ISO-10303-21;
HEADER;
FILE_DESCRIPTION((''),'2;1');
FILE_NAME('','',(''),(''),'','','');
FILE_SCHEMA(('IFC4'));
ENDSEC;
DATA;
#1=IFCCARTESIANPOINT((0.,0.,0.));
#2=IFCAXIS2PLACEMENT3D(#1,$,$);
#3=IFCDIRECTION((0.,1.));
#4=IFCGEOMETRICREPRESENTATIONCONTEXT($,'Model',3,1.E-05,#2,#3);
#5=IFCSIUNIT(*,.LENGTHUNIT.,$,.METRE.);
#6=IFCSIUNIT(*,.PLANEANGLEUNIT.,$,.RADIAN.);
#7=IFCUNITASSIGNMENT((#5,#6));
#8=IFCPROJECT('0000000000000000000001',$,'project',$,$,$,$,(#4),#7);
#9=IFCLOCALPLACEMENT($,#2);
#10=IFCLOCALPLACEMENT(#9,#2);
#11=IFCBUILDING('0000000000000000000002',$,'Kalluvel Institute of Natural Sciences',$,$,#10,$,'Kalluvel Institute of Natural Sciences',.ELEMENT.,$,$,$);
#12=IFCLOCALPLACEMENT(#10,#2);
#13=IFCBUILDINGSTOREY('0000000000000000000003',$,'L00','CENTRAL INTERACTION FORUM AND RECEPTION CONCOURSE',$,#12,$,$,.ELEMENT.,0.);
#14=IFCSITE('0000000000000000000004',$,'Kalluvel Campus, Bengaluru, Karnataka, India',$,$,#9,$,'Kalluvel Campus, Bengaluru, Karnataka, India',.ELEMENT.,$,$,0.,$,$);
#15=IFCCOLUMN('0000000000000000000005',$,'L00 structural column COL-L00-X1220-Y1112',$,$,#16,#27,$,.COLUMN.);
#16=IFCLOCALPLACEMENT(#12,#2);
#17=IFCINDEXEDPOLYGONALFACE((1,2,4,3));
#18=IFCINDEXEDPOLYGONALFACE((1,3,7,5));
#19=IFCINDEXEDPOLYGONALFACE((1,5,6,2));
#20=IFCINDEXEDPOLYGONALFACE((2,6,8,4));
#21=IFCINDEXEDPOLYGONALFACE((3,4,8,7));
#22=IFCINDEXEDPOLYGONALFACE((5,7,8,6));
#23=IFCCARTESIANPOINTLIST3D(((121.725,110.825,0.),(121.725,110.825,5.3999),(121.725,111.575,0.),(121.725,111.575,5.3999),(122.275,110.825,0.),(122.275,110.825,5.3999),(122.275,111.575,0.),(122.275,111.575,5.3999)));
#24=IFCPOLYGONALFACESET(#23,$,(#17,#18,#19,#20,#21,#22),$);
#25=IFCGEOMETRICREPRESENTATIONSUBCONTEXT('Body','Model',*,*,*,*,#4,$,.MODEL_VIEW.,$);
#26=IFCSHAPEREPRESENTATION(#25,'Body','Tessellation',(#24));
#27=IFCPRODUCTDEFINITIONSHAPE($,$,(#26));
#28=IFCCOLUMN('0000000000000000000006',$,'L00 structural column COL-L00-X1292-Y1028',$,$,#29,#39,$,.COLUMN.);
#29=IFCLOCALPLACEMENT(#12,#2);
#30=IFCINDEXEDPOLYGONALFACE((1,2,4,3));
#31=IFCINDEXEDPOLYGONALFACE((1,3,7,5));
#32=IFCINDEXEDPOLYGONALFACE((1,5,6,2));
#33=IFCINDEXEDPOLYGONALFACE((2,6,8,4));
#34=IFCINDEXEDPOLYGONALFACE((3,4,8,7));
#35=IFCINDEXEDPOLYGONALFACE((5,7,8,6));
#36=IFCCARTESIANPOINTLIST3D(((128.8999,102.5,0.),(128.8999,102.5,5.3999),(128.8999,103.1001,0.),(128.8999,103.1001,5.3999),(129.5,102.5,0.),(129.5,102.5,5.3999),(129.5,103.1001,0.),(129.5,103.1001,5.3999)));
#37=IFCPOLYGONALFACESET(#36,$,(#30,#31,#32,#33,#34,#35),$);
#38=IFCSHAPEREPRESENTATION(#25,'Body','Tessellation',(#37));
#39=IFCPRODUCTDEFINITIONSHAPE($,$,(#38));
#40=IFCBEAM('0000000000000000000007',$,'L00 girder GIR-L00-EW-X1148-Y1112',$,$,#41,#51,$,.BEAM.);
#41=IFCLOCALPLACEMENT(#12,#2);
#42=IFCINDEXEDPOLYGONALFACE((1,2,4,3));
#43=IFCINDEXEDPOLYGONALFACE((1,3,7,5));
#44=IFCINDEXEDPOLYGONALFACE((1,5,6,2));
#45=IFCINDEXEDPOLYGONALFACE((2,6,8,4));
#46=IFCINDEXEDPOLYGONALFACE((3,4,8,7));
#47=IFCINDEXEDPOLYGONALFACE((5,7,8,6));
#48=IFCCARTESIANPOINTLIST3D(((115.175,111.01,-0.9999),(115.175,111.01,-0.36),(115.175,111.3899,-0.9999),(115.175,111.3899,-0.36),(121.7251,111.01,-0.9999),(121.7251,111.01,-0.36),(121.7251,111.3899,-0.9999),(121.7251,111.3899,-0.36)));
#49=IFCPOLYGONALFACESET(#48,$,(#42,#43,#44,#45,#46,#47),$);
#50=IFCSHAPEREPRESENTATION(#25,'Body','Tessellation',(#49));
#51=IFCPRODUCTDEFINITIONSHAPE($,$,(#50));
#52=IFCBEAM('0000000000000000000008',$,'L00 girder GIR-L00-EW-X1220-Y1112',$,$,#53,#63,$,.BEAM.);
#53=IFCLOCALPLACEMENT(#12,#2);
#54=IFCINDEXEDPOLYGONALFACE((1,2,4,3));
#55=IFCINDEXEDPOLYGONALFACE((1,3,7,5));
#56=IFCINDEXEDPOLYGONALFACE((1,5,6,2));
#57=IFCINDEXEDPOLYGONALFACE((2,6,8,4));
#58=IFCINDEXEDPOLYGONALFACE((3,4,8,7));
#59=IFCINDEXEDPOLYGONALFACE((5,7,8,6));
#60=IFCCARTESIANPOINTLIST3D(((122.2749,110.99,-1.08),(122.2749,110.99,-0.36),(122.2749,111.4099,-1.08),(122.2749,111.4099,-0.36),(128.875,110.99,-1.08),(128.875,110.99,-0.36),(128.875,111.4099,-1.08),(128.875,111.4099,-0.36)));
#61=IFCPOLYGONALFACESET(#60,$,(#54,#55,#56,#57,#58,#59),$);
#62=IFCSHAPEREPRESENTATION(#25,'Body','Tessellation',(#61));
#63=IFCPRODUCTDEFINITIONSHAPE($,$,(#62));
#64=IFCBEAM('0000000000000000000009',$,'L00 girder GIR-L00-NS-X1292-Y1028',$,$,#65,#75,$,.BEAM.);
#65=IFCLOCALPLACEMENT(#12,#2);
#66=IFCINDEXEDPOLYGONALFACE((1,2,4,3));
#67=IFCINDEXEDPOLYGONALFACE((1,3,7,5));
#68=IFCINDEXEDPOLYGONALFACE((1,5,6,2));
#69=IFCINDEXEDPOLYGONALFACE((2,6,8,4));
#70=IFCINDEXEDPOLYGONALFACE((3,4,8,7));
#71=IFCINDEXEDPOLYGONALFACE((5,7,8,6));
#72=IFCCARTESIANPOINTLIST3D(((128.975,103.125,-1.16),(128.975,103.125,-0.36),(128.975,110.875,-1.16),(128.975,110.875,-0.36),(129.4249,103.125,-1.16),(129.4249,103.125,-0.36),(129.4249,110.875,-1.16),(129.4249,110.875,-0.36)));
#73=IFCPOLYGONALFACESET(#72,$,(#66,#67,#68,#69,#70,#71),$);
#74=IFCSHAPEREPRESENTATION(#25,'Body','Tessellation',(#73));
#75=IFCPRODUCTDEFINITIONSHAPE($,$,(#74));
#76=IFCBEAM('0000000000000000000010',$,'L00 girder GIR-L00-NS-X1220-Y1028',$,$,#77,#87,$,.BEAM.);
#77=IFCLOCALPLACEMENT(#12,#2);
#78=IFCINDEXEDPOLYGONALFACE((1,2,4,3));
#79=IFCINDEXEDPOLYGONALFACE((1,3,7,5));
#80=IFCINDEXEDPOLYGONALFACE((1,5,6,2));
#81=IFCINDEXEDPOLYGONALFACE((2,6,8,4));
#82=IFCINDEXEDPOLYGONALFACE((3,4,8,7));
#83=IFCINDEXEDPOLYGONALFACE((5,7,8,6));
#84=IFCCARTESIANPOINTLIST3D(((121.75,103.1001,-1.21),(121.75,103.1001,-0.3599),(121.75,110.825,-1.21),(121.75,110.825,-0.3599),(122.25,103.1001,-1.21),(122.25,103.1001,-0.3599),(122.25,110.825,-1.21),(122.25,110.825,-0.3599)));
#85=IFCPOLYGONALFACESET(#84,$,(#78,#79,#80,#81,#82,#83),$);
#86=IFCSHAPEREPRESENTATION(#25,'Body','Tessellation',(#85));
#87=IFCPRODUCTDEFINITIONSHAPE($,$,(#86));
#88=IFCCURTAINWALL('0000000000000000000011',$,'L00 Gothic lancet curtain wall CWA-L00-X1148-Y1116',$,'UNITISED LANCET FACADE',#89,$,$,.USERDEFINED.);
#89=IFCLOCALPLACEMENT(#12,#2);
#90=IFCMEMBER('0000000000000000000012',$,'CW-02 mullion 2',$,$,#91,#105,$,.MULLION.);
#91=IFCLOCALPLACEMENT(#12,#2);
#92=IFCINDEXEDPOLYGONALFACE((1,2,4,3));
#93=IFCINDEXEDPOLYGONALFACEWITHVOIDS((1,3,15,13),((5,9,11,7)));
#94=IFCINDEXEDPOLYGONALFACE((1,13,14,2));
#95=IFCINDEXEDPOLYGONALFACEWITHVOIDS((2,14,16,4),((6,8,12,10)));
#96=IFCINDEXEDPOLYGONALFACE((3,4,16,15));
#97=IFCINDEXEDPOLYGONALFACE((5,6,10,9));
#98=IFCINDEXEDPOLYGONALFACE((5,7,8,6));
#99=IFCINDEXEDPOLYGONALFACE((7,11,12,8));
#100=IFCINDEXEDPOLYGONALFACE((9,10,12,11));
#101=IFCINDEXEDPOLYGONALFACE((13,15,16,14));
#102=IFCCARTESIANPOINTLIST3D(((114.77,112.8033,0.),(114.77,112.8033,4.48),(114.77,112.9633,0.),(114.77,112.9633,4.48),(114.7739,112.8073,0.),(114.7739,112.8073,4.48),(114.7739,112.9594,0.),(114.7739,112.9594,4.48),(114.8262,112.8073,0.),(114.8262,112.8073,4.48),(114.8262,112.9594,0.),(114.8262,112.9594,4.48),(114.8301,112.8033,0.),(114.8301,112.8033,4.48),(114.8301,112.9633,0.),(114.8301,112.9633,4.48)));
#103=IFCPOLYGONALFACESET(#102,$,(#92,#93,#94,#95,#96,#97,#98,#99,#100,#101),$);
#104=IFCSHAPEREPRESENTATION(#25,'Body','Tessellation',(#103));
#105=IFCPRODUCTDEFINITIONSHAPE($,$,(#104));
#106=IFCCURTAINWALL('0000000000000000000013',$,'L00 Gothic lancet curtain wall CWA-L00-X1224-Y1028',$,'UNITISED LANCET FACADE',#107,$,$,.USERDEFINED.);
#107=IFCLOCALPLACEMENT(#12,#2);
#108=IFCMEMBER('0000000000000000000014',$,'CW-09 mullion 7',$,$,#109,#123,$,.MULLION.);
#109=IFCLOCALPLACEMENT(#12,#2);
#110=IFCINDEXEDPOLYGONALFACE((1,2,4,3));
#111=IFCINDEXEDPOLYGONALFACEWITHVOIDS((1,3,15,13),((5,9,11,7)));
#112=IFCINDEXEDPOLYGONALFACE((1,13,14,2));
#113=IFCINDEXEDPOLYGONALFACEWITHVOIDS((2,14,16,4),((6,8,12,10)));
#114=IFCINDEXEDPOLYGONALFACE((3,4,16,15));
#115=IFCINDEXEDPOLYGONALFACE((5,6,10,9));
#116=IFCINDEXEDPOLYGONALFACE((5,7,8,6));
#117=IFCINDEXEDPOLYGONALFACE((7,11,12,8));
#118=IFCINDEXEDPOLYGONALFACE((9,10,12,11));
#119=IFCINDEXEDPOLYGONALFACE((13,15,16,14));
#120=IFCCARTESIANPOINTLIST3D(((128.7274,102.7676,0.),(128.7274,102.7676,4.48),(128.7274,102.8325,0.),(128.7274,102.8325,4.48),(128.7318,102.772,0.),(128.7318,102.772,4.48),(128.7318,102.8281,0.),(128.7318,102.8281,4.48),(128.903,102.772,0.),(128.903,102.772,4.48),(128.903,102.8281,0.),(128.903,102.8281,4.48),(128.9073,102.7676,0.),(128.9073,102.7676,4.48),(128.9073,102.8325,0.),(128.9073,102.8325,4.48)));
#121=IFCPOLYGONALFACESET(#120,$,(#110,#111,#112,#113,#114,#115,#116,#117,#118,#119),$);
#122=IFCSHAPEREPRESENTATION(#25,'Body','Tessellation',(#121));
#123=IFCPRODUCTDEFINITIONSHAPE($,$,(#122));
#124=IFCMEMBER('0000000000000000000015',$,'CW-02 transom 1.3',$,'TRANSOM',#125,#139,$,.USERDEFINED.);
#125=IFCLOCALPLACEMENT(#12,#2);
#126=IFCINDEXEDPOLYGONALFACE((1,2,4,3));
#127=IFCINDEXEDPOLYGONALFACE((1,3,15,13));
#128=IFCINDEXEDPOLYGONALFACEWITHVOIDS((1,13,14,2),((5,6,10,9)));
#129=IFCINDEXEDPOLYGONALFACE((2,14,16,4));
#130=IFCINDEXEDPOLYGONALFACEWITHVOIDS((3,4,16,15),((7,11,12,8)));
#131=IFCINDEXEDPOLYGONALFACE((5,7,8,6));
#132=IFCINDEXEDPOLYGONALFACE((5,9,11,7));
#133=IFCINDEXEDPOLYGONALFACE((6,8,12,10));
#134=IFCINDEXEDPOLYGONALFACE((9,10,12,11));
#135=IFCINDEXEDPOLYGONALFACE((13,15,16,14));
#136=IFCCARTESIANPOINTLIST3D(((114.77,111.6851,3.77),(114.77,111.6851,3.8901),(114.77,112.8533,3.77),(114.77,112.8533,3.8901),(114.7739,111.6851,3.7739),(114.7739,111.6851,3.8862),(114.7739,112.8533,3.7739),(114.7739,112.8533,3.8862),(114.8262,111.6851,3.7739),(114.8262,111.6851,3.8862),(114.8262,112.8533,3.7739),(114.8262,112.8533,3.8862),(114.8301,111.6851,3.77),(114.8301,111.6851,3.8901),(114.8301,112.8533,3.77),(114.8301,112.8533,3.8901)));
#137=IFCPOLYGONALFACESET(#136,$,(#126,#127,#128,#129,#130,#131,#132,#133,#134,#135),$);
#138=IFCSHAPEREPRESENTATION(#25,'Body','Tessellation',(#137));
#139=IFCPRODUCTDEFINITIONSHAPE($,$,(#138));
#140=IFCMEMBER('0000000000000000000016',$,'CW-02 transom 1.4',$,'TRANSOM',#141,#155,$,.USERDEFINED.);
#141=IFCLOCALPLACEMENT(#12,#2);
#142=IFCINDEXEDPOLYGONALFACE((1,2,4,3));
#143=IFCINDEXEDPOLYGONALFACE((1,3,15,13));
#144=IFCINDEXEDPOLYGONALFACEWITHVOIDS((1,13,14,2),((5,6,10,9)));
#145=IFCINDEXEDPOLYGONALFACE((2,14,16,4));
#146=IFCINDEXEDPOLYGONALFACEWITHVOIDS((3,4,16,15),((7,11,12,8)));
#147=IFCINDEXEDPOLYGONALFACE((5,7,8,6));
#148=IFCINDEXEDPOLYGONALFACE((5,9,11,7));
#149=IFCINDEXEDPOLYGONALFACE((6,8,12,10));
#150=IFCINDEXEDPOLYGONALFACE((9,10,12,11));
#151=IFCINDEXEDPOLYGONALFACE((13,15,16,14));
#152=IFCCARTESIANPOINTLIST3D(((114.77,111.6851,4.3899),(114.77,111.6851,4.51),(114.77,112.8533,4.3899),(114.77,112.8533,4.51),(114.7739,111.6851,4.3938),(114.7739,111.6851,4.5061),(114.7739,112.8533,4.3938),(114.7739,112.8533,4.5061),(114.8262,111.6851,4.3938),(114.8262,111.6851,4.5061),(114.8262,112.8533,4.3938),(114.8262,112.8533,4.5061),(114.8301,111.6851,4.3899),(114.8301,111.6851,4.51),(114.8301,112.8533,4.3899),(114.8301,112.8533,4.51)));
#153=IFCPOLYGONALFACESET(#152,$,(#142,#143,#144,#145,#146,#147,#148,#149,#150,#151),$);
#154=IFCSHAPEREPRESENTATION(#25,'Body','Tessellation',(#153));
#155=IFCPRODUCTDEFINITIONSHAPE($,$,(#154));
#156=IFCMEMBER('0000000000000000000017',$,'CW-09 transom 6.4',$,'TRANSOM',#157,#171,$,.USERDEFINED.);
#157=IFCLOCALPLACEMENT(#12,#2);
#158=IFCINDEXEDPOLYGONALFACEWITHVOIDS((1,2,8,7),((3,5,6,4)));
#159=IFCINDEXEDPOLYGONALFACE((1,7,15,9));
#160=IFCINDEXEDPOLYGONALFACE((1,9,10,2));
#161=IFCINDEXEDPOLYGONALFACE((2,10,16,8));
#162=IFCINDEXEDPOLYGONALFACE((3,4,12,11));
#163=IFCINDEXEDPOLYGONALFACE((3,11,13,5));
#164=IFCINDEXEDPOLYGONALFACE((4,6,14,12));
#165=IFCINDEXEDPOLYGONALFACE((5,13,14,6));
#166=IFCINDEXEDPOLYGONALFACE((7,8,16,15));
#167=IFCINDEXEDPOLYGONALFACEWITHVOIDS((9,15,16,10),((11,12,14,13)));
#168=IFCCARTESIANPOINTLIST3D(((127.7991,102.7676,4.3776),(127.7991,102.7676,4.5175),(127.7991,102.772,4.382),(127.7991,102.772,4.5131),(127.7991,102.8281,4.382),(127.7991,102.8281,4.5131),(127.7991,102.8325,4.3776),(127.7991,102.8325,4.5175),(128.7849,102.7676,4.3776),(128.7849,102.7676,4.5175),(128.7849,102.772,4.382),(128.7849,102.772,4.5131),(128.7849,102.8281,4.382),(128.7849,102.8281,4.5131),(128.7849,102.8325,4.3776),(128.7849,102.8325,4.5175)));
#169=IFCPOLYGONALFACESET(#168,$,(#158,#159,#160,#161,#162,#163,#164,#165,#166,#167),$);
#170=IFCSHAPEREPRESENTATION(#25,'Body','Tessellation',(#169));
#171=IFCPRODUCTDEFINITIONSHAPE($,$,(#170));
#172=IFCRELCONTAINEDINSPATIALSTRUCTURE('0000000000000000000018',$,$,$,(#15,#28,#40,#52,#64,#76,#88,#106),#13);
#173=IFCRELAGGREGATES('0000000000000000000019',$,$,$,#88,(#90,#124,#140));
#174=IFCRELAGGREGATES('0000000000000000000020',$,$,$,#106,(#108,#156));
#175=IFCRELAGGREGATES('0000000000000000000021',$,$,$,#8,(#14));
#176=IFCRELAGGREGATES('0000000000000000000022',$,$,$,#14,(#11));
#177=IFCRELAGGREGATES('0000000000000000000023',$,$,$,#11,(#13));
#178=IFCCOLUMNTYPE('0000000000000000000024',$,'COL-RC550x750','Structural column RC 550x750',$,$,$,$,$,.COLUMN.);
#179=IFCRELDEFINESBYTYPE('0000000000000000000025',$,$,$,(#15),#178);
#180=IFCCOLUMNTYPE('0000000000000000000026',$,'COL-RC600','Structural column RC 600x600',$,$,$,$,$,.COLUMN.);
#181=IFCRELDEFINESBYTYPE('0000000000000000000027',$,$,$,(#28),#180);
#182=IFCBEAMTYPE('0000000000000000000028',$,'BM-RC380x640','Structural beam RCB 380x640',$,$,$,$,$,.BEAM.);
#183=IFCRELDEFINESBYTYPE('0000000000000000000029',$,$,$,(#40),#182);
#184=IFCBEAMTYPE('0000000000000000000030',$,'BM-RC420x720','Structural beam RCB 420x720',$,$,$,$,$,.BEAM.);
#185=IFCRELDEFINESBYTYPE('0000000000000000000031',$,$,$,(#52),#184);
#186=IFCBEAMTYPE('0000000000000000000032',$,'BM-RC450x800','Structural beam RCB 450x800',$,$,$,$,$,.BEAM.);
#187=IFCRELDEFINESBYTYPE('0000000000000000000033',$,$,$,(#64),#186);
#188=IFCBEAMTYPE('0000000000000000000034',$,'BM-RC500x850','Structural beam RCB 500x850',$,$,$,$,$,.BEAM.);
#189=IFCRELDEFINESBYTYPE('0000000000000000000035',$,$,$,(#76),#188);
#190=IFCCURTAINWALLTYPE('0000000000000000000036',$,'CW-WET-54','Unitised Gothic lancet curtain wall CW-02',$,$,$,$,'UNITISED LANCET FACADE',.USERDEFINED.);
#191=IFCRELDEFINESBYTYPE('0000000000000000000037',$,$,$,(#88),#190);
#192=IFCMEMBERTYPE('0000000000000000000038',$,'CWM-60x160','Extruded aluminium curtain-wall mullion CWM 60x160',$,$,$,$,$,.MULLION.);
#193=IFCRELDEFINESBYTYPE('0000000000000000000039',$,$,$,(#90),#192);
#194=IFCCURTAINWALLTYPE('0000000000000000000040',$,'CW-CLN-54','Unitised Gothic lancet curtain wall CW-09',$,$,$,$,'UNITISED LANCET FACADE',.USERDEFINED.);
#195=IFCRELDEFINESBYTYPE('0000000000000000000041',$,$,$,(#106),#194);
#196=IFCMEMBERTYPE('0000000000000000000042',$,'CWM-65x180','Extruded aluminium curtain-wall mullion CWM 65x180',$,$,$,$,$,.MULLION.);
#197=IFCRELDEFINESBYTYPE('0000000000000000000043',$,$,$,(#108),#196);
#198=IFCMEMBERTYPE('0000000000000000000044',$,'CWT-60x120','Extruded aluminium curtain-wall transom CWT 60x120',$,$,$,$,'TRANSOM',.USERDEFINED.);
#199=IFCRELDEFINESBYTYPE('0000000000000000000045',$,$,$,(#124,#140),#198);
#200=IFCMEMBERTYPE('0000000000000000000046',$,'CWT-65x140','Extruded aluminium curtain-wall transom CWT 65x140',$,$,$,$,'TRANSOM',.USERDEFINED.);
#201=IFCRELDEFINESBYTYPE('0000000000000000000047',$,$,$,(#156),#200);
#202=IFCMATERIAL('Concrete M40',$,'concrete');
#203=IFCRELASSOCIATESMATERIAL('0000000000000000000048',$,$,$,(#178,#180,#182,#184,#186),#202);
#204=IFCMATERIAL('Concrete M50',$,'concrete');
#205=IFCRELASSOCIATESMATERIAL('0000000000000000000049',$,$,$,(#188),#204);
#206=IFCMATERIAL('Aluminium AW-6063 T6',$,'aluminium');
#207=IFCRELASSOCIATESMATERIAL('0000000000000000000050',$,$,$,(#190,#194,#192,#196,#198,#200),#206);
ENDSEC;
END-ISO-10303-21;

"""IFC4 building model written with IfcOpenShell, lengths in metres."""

from ifc_helpers import new_model, si_unit, direction, frame, origin, origin_2d, place, context, subcontext, project, spatial, rectangle, hollow_rectangle, extrude, material, material_profile, profile_set, type_object, element, aggregate, save


model = new_model("IFC4")

# Units and contexts
model_context = context("Model", 3, precision=1e-05, world=origin(), true_north=direction((0.0, 1.0)))
body_context = subcontext(model_context, "Body", "Model", "MODEL_VIEW")
ifc_project = project(units=[si_unit("LENGTHUNIT", "METRE"), si_unit("PLANEANGLEUNIT", "RADIAN")], contexts=[model_context])

# Site, building, storey
site_placement = place(None, origin())
site = spatial("IfcSite", under=ifc_project, at=site_placement, Name="Kalluvel Campus, Bengaluru, Karnataka, India", LongName="Kalluvel Campus, Bengaluru, Karnataka, India", CompositionType="ELEMENT", RefElevation=0.0)
building_placement = place(site_placement, origin())
building = spatial("IfcBuilding", under=site, at=building_placement, Name="Kalluvel Institute of Natural Sciences", LongName="Kalluvel Institute of Natural Sciences", CompositionType="ELEMENT")
storey_placement = place(building_placement, origin())
storey = spatial("IfcBuildingStorey", under=building, at=storey_placement, Name="L00", Description="CENTRAL INTERACTION FORUM AND RECEPTION CONCOURSE", CompositionType="ELEMENT", Elevation=0.0)

# Columns
ifc_material_1 = material(Name="Concrete M40", Category="concrete")
ifc_material_profile_1 = material_profile(ifc_material_1, rectangle(XDim=0.55, YDim=0.75, at=origin_2d()), Name="RC 550x750")
ifc_profile_set_1 = profile_set([ifc_material_profile_1], Name="Concrete M40")
column_type_1 = type_object("IfcColumnType", Name="COL-RC550x750", Description="Structural column RC 550x750", PredefinedType="COLUMN", material=ifc_profile_set_1)
column_1_placement = place(storey_placement, frame((122.0, 111.2, 0.0), z_axis=(0.0, 0.0, 1.0), x_axis=(1.0, 0.0, 0.0)))
element("IfcColumn", 1, at=column_1_placement, inside=storey, type_object=column_type_1, Name="L00 structural column COL-L00-X1220-Y1112", PredefinedType="COLUMN", context=body_context, shape_type="SweptSolid", body=[
    extrude(rectangle(XDim=0.55, YDim=0.75, at=origin_2d()), origin(), (0.0, 0.0, 1.0), 5.3999),
])
ifc_material_profile_2 = material_profile(ifc_material_1, rectangle(XDim=0.6001, YDim=0.6001, at=origin_2d()), Name="RC 600x600")
ifc_profile_set_2 = profile_set([ifc_material_profile_2], Name="Concrete M40")
column_type_2 = type_object("IfcColumnType", Name="COL-RC600", Description="Structural column RC 600x600", PredefinedType="COLUMN", material=ifc_profile_set_2)
column_2_placement = place(storey_placement, frame((129.2, 102.8, 0.0), z_axis=(0.0, 0.0, 1.0), x_axis=(1.0, 0.0, 0.0)))
element("IfcColumn", 2, at=column_2_placement, inside=storey, type_object=column_type_2, Name="L00 structural column COL-L00-X1292-Y1028", PredefinedType="COLUMN", context=body_context, shape_type="SweptSolid", body=[
    extrude(rectangle(XDim=0.6001, YDim=0.6001, at=origin_2d()), origin(), (0.0, 0.0, 1.0), 5.3999),
])

# Beams
ifc_material_profile_3 = material_profile(ifc_material_1, rectangle(XDim=0.3799, YDim=0.6399, at=origin_2d()), Name="RCB 380x640")
ifc_profile_set_3 = profile_set([ifc_material_profile_3], Name="Concrete M40")
beam_type_1 = type_object("IfcBeamType", Name="BM-RC380x640", Description="Structural beam RCB 380x640", PredefinedType="BEAM", material=ifc_profile_set_3)
beam_1_placement = place(storey_placement, frame((115.175, 111.2, -0.6799), z_axis=(1.0, 0.0, 0.0), x_axis=(0.0, 1.0, 0.0)))
element("IfcBeam", 3, at=beam_1_placement, inside=storey, type_object=beam_type_1, Name="L00 girder GIR-L00-EW-X1148-Y1112", PredefinedType="BEAM", context=body_context, shape_type="SweptSolid", body=[
    extrude(rectangle(XDim=0.3799, YDim=0.6399, at=origin_2d()), origin(), (0.0, 0.0, 1.0), 6.55),
])
ifc_material_profile_4 = material_profile(ifc_material_1, rectangle(XDim=0.4199, YDim=0.72, at=origin_2d()), Name="RCB 420x720")
ifc_profile_set_4 = profile_set([ifc_material_profile_4], Name="Concrete M40")
beam_type_2 = type_object("IfcBeamType", Name="BM-RC420x720", Description="Structural beam RCB 420x720", PredefinedType="BEAM", material=ifc_profile_set_4)
beam_2_placement = place(storey_placement, frame((122.2749, 111.2, -0.72), z_axis=(1.0, 0.0, 0.0), x_axis=(0.0, 1.0, 0.0)))
element("IfcBeam", 4, at=beam_2_placement, inside=storey, type_object=beam_type_2, Name="L00 girder GIR-L00-EW-X1220-Y1112", PredefinedType="BEAM", context=body_context, shape_type="SweptSolid", body=[
    extrude(rectangle(XDim=0.4199, YDim=0.72, at=origin_2d()), origin(), (0.0, 0.0, 1.0), 6.6001),
])
ifc_material_profile_5 = material_profile(ifc_material_1, rectangle(XDim=0.45, YDim=0.8, at=origin_2d()), Name="RCB 450x800")
ifc_profile_set_5 = profile_set([ifc_material_profile_5], Name="Concrete M40")
beam_type_3 = type_object("IfcBeamType", Name="BM-RC450x800", Description="Structural beam RCB 450x800", PredefinedType="BEAM", material=ifc_profile_set_5)
beam_3_placement = place(storey_placement, frame((129.2, 103.125, -0.76), z_axis=(0.0, 1.0, 0.0), x_axis=(-1.0, 0.0, 0.0)))
element("IfcBeam", 5, at=beam_3_placement, inside=storey, type_object=beam_type_3, Name="L00 girder GIR-L00-NS-X1292-Y1028", PredefinedType="BEAM", context=body_context, shape_type="SweptSolid", body=[
    extrude(rectangle(XDim=0.45, YDim=0.8, at=origin_2d()), origin(), (0.0, 0.0, 1.0), 7.75),
])
ifc_material_2 = material(Name="Concrete M50", Category="concrete")
ifc_material_profile_6 = material_profile(ifc_material_2, rectangle(XDim=0.5, YDim=0.8501, at=origin_2d()), Name="RCB 500x850")
ifc_profile_set_6 = profile_set([ifc_material_profile_6], Name="Concrete M50")
beam_type_4 = type_object("IfcBeamType", Name="BM-RC500x850", Description="Structural beam RCB 500x850", PredefinedType="BEAM", material=ifc_profile_set_6)
beam_4_placement = place(storey_placement, frame((122.0, 103.1001, -0.7849), z_axis=(0.0, 1.0, 0.0), x_axis=(-1.0, 0.0, 0.0)))
element("IfcBeam", 6, at=beam_4_placement, inside=storey, type_object=beam_type_4, Name="L00 girder GIR-L00-NS-X1220-Y1028", PredefinedType="BEAM", context=body_context, shape_type="SweptSolid", body=[
    extrude(rectangle(XDim=0.5, YDim=0.8501, at=origin_2d()), origin(), (0.0, 0.0, 1.0), 7.7249),
])

# Curtain walls, members
ifc_material_3 = material(Name="Aluminium AW-6063 T6", Category="aluminium")
curtain_wall_type_1 = type_object("IfcCurtainWallType", Name="CW-WET-54", Description="Unitised Gothic lancet curtain wall CW-02", ElementType="UNITISED LANCET FACADE", PredefinedType="USERDEFINED", material=ifc_material_3)
curtain_wall_1_placement = place(storey_placement, origin())
curtain_wall_1 = element("IfcCurtainWall", 7, at=curtain_wall_1_placement, inside=storey, type_object=curtain_wall_type_1, Name="L00 Gothic lancet curtain wall CWA-L00-X1148-Y1116", ObjectType="UNITISED LANCET FACADE", PredefinedType="USERDEFINED")
ifc_material_profile_7 = material_profile(ifc_material_3, hollow_rectangle(XDim=0.0601, YDim=0.1599, WallThickness=0.0039, at=origin_2d()), Name="CWM 60x160")
ifc_profile_set_7 = profile_set([ifc_material_profile_7], Name="Aluminium AW-6063 T6")
member_type_1 = type_object("IfcMemberType", Name="CWM-60x160", Description="Extruded aluminium curtain-wall mullion CWM 60x160", PredefinedType="MULLION", material=ifc_profile_set_7)
member_1_placement = place(storey_placement, frame((114.8, 112.8833, 0.0), z_axis=(0.0, 0.0, 1.0), x_axis=(-1.0, 0.0, 0.0)))
member_1 = element("IfcMember", 8, at=member_1_placement, type_object=member_type_1, Name="CW-02 mullion 2", PredefinedType="MULLION", context=body_context, shape_type="SweptSolid", body=[
    extrude(hollow_rectangle(XDim=0.0601, YDim=0.1599, WallThickness=0.0039, at=origin_2d()), origin(), (0.0, 0.0, 1.0), 4.48),
])
curtain_wall_type_2 = type_object("IfcCurtainWallType", Name="CW-CLN-54", Description="Unitised Gothic lancet curtain wall CW-09", ElementType="UNITISED LANCET FACADE", PredefinedType="USERDEFINED", material=ifc_material_3)
curtain_wall_2_placement = place(storey_placement, origin())
curtain_wall_2 = element("IfcCurtainWall", 9, at=curtain_wall_2_placement, inside=storey, type_object=curtain_wall_type_2, Name="L00 Gothic lancet curtain wall CWA-L00-X1224-Y1028", ObjectType="UNITISED LANCET FACADE", PredefinedType="USERDEFINED")
ifc_material_profile_8 = material_profile(ifc_material_3, hollow_rectangle(XDim=0.0649, YDim=0.1799, WallThickness=0.0044, at=origin_2d()), Name="CWM 65x180")
ifc_profile_set_8 = profile_set([ifc_material_profile_8], Name="Aluminium AW-6063 T6")
member_type_2 = type_object("IfcMemberType", Name="CWM-65x180", Description="Extruded aluminium curtain-wall mullion CWM 65x180", PredefinedType="MULLION", material=ifc_profile_set_8)
member_2_placement = place(storey_placement, frame((128.8174, 102.8, 0.0), z_axis=(0.0, 0.0, 1.0), x_axis=(0.0, 1.0, 0.0)))
member_2 = element("IfcMember", 10, at=member_2_placement, type_object=member_type_2, Name="CW-09 mullion 7", PredefinedType="MULLION", context=body_context, shape_type="SweptSolid", body=[
    extrude(hollow_rectangle(XDim=0.0649, YDim=0.1799, WallThickness=0.0044, at=origin_2d()), origin(), (0.0, 0.0, 1.0), 4.48),
])

# Members
ifc_material_profile_9 = material_profile(ifc_material_3, hollow_rectangle(XDim=0.0601, YDim=0.1201, WallThickness=0.0039, at=origin_2d()), Name="CWT 60x120")
ifc_profile_set_9 = profile_set([ifc_material_profile_9], Name="Aluminium AW-6063 T6")
member_type_3 = type_object("IfcMemberType", Name="CWT-60x120", Description="Extruded aluminium curtain-wall transom CWT 60x120", ElementType="TRANSOM", PredefinedType="USERDEFINED", material=ifc_profile_set_9)
member_3_placement = place(storey_placement, frame((114.8, 111.6851, 3.8301), z_axis=(0.0, 1.0, 0.0), x_axis=(-1.0, 0.0, 0.0)))
member_3 = element("IfcMember", 11, at=member_3_placement, type_object=member_type_3, Name="CW-02 transom 1.3", ObjectType="TRANSOM", PredefinedType="USERDEFINED", context=body_context, shape_type="SweptSolid", body=[
    extrude(hollow_rectangle(XDim=0.0601, YDim=0.1201, WallThickness=0.0039, at=origin_2d()), origin(), (0.0, 0.0, 1.0), 1.1682),
])
member_4_placement = place(storey_placement, frame((114.8, 111.6851, 4.45), z_axis=(0.0, 1.0, 0.0), x_axis=(-1.0, 0.0, 0.0)))
member_4 = element("IfcMember", 12, at=member_4_placement, type_object=member_type_3, Name="CW-02 transom 1.4", ObjectType="TRANSOM", PredefinedType="USERDEFINED", context=body_context, shape_type="SweptSolid", body=[
    extrude(hollow_rectangle(XDim=0.0601, YDim=0.1201, WallThickness=0.0039, at=origin_2d()), origin(), (0.0, 0.0, 1.0), 1.1682),
])
ifc_material_profile_10 = material_profile(ifc_material_3, hollow_rectangle(XDim=0.0649, YDim=0.1399, WallThickness=0.0044, at=origin_2d()), Name="CWT 65x140")
ifc_profile_set_10 = profile_set([ifc_material_profile_10], Name="Aluminium AW-6063 T6")
member_type_4 = type_object("IfcMemberType", Name="CWT-65x140", Description="Extruded aluminium curtain-wall transom CWT 65x140", ElementType="TRANSOM", PredefinedType="USERDEFINED", material=ifc_profile_set_10)
member_5_placement = place(storey_placement, frame((127.7991, 102.8, 4.4475), z_axis=(1.0, 0.0, 0.0), x_axis=(0.0, 1.0, 0.0)))
member_5 = element("IfcMember", 13, at=member_5_placement, type_object=member_type_4, Name="CW-09 transom 6.4", ObjectType="TRANSOM", PredefinedType="USERDEFINED", context=body_context, shape_type="SweptSolid", body=[
    extrude(hollow_rectangle(XDim=0.0649, YDim=0.1399, WallThickness=0.0044, at=origin_2d()), origin(), (0.0, 0.0, 1.0), 0.9858),
])

aggregate(curtain_wall_1, [member_1, member_3, member_4])
aggregate(curtain_wall_2, [member_2, member_5])

save(model, "model.ifc")
